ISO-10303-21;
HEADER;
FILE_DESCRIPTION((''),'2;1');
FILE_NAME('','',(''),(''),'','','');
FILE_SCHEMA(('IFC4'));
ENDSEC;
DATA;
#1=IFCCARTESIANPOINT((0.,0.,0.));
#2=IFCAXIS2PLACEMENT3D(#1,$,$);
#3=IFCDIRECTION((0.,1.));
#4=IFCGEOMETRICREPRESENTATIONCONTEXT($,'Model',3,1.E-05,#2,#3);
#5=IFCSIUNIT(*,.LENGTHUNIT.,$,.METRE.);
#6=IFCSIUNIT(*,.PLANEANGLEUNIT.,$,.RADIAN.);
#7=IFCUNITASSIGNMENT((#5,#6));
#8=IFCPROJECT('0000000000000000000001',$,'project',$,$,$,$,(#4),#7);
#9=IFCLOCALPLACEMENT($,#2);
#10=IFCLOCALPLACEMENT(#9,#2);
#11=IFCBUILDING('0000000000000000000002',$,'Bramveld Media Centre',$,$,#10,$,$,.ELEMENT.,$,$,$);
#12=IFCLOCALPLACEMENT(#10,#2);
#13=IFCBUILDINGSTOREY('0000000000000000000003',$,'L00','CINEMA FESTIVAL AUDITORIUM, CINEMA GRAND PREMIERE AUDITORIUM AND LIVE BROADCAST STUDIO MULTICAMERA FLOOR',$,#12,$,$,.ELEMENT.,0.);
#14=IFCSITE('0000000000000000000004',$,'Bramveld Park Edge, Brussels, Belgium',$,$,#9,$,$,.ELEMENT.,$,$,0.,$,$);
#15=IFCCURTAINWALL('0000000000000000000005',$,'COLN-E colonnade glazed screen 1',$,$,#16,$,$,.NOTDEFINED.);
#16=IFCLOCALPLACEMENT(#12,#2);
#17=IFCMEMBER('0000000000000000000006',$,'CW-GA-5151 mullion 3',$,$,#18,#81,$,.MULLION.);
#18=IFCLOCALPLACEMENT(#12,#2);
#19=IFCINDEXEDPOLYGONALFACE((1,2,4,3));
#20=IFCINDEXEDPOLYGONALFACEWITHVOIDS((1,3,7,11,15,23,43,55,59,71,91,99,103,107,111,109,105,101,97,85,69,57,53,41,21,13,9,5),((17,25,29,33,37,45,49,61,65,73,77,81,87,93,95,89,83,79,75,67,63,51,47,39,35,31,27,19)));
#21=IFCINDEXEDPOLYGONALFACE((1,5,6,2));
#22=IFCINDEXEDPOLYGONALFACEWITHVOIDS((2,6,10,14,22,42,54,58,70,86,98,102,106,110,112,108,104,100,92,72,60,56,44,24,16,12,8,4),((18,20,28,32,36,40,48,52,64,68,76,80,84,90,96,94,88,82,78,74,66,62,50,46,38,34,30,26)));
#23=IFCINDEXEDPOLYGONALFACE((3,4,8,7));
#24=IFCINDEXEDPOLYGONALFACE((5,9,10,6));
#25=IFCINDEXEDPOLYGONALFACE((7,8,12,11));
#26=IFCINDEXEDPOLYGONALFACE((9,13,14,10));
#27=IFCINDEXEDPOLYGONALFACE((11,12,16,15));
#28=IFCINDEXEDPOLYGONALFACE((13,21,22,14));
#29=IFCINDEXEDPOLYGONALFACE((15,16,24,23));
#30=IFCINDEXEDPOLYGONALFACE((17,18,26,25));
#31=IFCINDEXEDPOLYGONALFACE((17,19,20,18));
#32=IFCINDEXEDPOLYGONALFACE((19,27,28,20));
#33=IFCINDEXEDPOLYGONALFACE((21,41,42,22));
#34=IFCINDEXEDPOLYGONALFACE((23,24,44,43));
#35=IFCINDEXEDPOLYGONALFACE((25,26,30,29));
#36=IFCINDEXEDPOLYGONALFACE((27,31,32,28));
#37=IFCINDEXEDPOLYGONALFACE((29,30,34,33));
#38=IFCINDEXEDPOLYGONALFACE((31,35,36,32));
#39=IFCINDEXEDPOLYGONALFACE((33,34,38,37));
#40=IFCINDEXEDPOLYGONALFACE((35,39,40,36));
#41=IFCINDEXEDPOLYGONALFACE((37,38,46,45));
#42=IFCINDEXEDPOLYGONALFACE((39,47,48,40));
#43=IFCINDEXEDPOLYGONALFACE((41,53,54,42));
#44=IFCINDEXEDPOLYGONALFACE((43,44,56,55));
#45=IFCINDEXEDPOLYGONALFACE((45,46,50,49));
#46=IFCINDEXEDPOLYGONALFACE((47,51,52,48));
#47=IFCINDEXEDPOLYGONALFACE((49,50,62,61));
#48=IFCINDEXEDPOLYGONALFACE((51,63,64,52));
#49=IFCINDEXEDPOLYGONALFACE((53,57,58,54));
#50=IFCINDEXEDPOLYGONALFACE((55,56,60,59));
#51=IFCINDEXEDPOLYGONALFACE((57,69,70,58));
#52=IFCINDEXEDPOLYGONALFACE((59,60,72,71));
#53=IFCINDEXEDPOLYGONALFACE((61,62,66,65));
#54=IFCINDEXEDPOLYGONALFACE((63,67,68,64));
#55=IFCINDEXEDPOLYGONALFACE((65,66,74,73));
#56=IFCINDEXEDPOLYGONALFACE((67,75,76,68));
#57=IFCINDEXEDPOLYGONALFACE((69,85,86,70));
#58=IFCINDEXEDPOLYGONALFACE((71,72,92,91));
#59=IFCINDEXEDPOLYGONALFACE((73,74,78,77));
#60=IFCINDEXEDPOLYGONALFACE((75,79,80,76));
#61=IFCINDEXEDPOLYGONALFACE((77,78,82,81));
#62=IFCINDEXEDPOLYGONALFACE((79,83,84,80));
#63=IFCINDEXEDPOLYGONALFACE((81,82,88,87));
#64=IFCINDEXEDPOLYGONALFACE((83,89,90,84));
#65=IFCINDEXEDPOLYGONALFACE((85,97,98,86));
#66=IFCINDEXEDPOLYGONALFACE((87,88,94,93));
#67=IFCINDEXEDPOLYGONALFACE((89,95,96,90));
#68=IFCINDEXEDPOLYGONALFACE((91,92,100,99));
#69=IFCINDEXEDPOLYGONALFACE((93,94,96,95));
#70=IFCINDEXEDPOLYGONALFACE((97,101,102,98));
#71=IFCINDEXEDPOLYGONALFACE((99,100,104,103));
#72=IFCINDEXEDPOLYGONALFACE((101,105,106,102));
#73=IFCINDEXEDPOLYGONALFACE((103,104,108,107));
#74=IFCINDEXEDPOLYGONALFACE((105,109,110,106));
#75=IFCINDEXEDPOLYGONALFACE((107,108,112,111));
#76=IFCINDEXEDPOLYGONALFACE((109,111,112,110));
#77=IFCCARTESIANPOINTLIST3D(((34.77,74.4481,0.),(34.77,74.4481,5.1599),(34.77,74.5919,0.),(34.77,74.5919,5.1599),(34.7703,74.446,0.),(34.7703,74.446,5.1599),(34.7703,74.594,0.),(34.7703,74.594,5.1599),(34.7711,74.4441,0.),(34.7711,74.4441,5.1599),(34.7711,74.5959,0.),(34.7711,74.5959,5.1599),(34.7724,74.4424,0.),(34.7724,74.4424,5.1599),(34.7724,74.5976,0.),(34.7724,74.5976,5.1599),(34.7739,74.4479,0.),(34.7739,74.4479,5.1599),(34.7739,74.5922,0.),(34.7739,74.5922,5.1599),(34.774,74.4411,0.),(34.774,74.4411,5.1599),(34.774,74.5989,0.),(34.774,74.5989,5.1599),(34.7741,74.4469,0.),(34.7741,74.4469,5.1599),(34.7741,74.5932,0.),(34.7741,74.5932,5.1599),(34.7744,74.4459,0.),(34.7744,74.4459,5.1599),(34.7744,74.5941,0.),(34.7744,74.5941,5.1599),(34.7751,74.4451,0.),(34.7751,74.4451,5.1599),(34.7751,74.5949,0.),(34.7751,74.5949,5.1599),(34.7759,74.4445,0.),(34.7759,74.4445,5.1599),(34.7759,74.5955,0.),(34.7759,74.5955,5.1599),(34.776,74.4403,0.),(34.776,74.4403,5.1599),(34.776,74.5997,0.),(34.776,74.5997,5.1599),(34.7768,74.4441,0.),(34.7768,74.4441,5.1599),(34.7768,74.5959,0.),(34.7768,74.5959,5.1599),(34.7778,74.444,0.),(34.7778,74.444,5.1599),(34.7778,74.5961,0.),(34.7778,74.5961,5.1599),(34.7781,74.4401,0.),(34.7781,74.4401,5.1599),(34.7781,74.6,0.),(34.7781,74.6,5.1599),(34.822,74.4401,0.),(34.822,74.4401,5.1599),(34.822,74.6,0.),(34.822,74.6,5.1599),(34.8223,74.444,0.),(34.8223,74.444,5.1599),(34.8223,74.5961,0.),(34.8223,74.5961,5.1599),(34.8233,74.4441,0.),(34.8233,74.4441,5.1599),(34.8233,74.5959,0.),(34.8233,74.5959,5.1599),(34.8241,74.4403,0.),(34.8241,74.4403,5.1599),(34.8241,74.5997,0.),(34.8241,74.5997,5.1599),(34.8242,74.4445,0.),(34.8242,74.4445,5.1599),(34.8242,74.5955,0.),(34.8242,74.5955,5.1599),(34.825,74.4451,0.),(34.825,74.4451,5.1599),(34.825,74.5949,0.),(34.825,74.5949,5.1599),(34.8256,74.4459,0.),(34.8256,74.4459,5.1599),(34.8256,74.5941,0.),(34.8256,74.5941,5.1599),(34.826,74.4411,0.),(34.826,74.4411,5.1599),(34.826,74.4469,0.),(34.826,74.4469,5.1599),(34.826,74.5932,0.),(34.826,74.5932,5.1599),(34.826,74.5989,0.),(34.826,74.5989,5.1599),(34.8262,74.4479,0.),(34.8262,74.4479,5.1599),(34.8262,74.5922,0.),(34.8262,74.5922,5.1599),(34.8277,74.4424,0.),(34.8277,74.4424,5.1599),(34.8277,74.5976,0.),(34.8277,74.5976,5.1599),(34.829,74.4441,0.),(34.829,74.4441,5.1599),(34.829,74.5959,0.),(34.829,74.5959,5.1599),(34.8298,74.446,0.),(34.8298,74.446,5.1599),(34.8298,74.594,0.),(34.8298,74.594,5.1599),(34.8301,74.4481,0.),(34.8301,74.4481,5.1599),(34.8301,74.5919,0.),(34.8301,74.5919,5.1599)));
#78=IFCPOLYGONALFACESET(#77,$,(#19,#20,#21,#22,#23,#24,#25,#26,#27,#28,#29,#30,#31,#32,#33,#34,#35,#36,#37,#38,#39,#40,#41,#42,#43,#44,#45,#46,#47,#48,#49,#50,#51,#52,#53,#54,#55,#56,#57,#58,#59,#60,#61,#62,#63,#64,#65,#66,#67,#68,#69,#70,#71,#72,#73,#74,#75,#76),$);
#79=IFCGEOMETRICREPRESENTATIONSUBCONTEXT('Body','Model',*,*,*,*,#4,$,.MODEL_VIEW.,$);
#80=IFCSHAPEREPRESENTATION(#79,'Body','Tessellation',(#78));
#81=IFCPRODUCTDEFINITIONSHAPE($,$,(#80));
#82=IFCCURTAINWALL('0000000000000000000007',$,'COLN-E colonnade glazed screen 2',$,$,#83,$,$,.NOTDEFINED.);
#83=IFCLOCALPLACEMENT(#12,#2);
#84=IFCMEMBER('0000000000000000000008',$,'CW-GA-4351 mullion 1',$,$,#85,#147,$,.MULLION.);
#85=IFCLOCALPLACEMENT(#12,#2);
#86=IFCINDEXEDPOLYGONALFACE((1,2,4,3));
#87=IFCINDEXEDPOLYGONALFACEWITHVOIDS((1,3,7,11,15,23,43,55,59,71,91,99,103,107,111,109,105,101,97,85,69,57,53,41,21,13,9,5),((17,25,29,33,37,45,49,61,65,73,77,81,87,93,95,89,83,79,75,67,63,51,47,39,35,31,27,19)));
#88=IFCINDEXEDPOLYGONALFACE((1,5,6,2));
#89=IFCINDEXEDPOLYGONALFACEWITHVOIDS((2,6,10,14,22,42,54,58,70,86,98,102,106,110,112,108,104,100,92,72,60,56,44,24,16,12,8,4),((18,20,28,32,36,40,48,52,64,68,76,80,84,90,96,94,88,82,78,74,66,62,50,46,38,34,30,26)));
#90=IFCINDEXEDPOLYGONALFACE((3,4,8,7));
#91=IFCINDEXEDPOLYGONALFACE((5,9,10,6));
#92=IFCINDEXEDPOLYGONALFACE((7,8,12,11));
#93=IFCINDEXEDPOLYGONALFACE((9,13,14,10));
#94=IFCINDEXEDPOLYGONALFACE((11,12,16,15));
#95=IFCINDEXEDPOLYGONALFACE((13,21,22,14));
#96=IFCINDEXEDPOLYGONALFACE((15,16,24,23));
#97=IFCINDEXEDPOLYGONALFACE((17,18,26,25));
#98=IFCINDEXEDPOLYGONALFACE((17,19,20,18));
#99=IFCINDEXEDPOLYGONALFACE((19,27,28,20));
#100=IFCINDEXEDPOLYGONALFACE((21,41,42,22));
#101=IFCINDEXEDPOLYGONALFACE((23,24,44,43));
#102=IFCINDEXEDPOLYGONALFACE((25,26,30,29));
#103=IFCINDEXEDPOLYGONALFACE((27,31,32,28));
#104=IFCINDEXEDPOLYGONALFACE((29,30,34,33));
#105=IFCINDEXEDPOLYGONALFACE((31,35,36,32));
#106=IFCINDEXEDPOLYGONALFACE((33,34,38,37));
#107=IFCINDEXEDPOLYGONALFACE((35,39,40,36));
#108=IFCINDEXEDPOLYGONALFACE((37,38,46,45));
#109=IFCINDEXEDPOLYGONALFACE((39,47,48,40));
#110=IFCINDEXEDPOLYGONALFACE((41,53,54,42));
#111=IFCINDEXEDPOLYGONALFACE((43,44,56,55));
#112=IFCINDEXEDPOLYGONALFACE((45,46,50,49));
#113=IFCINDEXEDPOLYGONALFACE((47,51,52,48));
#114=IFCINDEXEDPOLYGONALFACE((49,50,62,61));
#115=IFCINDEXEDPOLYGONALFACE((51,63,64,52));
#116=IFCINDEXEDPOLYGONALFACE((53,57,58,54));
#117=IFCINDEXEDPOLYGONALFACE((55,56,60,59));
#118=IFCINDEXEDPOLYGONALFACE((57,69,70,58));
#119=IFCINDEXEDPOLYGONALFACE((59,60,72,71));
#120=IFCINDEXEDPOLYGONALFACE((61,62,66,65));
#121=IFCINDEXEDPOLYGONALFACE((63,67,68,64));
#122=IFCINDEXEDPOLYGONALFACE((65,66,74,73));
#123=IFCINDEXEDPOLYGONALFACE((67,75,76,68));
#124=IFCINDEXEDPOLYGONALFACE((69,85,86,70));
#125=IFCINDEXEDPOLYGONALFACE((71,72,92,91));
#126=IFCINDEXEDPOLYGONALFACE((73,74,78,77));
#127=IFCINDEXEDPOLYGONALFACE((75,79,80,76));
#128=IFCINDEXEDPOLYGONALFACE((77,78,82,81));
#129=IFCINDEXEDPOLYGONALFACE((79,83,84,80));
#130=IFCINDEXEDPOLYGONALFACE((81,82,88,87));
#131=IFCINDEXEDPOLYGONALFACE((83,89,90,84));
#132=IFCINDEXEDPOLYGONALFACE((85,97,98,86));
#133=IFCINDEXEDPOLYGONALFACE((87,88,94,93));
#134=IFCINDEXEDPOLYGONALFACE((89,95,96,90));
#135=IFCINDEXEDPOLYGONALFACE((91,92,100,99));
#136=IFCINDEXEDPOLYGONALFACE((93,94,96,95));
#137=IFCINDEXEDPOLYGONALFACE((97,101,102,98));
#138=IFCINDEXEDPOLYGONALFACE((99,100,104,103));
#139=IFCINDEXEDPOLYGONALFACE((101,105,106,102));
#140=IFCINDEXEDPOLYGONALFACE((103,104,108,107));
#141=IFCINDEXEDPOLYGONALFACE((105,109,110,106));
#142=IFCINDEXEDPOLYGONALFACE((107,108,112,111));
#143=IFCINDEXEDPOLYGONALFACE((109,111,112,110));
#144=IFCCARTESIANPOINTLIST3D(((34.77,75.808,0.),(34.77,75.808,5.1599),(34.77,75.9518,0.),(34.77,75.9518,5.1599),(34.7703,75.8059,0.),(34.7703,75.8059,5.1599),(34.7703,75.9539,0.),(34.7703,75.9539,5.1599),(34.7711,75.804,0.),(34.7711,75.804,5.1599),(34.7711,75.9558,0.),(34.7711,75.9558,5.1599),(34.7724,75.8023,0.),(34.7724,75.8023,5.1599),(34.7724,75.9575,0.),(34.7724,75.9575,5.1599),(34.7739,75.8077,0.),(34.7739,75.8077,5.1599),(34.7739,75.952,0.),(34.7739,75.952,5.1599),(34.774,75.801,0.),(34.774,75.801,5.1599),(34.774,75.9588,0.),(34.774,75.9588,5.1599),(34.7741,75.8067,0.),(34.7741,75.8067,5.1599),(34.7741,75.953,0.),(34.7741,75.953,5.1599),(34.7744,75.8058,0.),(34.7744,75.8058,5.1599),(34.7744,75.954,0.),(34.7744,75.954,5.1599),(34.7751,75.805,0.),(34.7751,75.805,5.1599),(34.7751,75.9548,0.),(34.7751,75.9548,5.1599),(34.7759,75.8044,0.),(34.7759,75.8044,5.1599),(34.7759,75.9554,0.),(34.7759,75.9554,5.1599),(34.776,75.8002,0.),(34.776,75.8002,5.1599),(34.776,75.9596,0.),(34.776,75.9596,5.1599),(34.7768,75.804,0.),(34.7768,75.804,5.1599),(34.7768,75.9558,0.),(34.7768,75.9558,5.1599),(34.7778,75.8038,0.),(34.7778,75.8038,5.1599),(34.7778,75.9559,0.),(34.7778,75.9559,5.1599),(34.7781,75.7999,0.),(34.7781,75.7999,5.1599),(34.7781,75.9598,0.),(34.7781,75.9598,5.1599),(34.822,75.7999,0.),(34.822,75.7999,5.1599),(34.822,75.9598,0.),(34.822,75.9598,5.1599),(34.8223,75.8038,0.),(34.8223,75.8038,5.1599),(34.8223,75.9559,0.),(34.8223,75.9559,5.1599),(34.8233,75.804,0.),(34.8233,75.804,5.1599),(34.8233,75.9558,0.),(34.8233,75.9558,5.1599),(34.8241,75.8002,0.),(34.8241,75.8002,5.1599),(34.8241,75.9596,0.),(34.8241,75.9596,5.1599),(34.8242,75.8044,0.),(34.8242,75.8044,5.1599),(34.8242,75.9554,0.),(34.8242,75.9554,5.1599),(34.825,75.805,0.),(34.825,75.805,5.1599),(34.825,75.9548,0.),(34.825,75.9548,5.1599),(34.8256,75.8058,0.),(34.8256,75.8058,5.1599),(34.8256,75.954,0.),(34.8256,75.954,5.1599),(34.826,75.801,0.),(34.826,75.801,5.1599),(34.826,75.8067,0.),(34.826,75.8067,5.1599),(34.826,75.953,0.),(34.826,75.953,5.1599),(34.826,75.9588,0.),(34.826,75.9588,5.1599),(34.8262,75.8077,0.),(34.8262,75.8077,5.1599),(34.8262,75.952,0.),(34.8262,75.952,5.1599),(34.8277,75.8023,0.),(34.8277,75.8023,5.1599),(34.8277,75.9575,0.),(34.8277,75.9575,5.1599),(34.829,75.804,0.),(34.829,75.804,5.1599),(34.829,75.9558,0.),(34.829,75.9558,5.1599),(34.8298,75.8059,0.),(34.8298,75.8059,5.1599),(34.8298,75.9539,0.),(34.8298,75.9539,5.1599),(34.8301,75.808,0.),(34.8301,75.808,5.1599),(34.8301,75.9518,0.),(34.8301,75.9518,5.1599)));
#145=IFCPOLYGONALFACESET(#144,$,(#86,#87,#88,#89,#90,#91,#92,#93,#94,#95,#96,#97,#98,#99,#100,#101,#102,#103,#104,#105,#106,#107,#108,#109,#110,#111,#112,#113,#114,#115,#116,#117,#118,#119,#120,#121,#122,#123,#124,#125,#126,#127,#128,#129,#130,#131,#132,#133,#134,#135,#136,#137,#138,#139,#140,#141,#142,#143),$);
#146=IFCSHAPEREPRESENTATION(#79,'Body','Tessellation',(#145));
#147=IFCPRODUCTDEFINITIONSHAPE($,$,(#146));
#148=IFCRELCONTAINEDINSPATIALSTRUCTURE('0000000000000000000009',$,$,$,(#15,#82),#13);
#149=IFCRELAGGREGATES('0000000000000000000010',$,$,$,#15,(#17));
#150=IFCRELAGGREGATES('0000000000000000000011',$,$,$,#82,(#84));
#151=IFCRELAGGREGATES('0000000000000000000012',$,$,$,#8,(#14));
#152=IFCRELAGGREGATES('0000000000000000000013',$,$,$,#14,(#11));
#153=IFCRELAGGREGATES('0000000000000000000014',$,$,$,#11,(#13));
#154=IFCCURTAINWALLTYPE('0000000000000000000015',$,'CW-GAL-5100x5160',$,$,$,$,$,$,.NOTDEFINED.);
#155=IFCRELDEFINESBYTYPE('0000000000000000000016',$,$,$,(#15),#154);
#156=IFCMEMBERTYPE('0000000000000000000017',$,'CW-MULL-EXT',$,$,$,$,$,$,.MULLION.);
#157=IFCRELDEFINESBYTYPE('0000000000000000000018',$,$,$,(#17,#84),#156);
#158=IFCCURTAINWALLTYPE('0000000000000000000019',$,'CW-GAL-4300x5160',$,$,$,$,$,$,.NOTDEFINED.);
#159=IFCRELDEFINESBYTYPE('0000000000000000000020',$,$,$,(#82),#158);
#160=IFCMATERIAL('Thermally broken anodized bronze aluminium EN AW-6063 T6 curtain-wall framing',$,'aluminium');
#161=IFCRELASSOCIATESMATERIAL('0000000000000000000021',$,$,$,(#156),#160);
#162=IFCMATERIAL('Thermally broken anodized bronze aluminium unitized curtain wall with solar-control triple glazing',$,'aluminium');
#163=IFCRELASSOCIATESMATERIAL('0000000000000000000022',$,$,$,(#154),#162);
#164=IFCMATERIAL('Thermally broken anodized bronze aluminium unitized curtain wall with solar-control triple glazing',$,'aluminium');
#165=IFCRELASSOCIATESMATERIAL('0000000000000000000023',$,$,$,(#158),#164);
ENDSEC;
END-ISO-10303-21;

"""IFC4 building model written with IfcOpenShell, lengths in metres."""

from ifc_helpers import new_model, si_unit, direction, frame, origin, origin_2d, place, context, subcontext, project, spatial, hollow_rectangle, extrude, material, material_profile, profile_set, type_object, element, aggregate, save


model = new_model("IFC4")

# Units and contexts
model_context = context("Model", 3, precision=1e-05, world=origin(), true_north=direction((0.0, 1.0)))
body_context = subcontext(model_context, "Body", "Model", "MODEL_VIEW")
ifc_project = project(units=[si_unit("LENGTHUNIT", "METRE"), si_unit("PLANEANGLEUNIT", "RADIAN")], contexts=[model_context])

# Site, building, storey
site_placement = place(None, origin())
site = spatial("IfcSite", under=ifc_project, at=site_placement, Name="Bramveld Park Edge, Brussels, Belgium", CompositionType="ELEMENT", RefElevation=0.0)
building_placement = place(site_placement, origin())
building = spatial("IfcBuilding", under=site, at=building_placement, Name="Bramveld Media Centre", CompositionType="ELEMENT")
storey_placement = place(building_placement, origin())
storey = spatial("IfcBuildingStorey", under=building, at=storey_placement, Name="L00", Description="CINEMA FESTIVAL AUDITORIUM, CINEMA GRAND PREMIERE AUDITORIUM AND LIVE BROADCAST STUDIO MULTICAMERA FLOOR", CompositionType="ELEMENT", Elevation=0.0)

# Shared definitions
ifc_material_1 = material(Name="Thermally broken anodized bronze aluminium EN AW-6063 T6 curtain-wall framing", Category="aluminium")
ifc_material_profile_1 = material_profile(ifc_material_1, hollow_rectangle(XDim=0.0601, YDim=0.1599, WallThickness=0.0039, InnerFilletRadius=0.0039, OuterFilletRadius=0.0081, at=origin_2d()), Name="AL-MULL 60x160")
ifc_profile_set_1 = profile_set([ifc_material_profile_1], Name="Thermally broken anodized bronze aluminium EN AW-6063 T6 curtain-wall framing")
member_type_1 = type_object("IfcMemberType", Name="CW-MULL-EXT", PredefinedType="MULLION", material=ifc_profile_set_1)

# Curtain wall, member
ifc_material_2 = material(Name="Thermally broken anodized bronze aluminium unitized curtain wall with solar-control triple glazing", Category="aluminium")
curtain_wall_type_1 = type_object("IfcCurtainWallType", Name="CW-GAL-5100x5160", PredefinedType="NOTDEFINED", material=ifc_material_2)
curtain_wall_1_placement = place(storey_placement, origin())
curtain_wall_1 = element("IfcCurtainWall", 1, at=curtain_wall_1_placement, inside=storey, type_object=curtain_wall_type_1, Name="COLN-E colonnade glazed screen 1", PredefinedType="NOTDEFINED")
member_1_placement = place(storey_placement, frame((34.8, 74.52, 0.0), z_axis=(0.0, 0.0, 1.0), x_axis=(-1.0, 0.0, 0.0)))
member_1 = element("IfcMember", 2, at=member_1_placement, type_object=member_type_1, Name="CW-GA-5151 mullion 3", PredefinedType="MULLION", context=body_context, shape_type="SweptSolid", body=[
    extrude(hollow_rectangle(XDim=0.0601, YDim=0.1599, WallThickness=0.0039, InnerFilletRadius=0.0039, OuterFilletRadius=0.0081, at=origin_2d()), origin(), (0.0, 0.0, 1.0), 5.1599),
])

# Curtain wall, member
ifc_material_3 = material(Name="Thermally broken anodized bronze aluminium unitized curtain wall with solar-control triple glazing", Category="aluminium")
curtain_wall_type_2 = type_object("IfcCurtainWallType", Name="CW-GAL-4300x5160", PredefinedType="NOTDEFINED", material=ifc_material_3)
curtain_wall_2_placement = place(storey_placement, origin())
curtain_wall_2 = element("IfcCurtainWall", 3, at=curtain_wall_2_placement, inside=storey, type_object=curtain_wall_type_2, Name="COLN-E colonnade glazed screen 2", PredefinedType="NOTDEFINED")
member_2_placement = place(storey_placement, frame((34.8, 75.8799, 0.0), z_axis=(0.0, 0.0, 1.0), x_axis=(-1.0, 0.0, 0.0)))
member_2 = element("IfcMember", 4, at=member_2_placement, type_object=member_type_1, Name="CW-GA-4351 mullion 1", PredefinedType="MULLION", context=body_context, shape_type="SweptSolid", body=[
    extrude(hollow_rectangle(XDim=0.0601, YDim=0.1599, WallThickness=0.0039, InnerFilletRadius=0.0039, OuterFilletRadius=0.0081, at=origin_2d()), origin(), (0.0, 0.0, 1.0), 5.1599),
])

aggregate(curtain_wall_1, [member_1])
aggregate(curtain_wall_2, [member_2])

save(model, "model.ifc")
